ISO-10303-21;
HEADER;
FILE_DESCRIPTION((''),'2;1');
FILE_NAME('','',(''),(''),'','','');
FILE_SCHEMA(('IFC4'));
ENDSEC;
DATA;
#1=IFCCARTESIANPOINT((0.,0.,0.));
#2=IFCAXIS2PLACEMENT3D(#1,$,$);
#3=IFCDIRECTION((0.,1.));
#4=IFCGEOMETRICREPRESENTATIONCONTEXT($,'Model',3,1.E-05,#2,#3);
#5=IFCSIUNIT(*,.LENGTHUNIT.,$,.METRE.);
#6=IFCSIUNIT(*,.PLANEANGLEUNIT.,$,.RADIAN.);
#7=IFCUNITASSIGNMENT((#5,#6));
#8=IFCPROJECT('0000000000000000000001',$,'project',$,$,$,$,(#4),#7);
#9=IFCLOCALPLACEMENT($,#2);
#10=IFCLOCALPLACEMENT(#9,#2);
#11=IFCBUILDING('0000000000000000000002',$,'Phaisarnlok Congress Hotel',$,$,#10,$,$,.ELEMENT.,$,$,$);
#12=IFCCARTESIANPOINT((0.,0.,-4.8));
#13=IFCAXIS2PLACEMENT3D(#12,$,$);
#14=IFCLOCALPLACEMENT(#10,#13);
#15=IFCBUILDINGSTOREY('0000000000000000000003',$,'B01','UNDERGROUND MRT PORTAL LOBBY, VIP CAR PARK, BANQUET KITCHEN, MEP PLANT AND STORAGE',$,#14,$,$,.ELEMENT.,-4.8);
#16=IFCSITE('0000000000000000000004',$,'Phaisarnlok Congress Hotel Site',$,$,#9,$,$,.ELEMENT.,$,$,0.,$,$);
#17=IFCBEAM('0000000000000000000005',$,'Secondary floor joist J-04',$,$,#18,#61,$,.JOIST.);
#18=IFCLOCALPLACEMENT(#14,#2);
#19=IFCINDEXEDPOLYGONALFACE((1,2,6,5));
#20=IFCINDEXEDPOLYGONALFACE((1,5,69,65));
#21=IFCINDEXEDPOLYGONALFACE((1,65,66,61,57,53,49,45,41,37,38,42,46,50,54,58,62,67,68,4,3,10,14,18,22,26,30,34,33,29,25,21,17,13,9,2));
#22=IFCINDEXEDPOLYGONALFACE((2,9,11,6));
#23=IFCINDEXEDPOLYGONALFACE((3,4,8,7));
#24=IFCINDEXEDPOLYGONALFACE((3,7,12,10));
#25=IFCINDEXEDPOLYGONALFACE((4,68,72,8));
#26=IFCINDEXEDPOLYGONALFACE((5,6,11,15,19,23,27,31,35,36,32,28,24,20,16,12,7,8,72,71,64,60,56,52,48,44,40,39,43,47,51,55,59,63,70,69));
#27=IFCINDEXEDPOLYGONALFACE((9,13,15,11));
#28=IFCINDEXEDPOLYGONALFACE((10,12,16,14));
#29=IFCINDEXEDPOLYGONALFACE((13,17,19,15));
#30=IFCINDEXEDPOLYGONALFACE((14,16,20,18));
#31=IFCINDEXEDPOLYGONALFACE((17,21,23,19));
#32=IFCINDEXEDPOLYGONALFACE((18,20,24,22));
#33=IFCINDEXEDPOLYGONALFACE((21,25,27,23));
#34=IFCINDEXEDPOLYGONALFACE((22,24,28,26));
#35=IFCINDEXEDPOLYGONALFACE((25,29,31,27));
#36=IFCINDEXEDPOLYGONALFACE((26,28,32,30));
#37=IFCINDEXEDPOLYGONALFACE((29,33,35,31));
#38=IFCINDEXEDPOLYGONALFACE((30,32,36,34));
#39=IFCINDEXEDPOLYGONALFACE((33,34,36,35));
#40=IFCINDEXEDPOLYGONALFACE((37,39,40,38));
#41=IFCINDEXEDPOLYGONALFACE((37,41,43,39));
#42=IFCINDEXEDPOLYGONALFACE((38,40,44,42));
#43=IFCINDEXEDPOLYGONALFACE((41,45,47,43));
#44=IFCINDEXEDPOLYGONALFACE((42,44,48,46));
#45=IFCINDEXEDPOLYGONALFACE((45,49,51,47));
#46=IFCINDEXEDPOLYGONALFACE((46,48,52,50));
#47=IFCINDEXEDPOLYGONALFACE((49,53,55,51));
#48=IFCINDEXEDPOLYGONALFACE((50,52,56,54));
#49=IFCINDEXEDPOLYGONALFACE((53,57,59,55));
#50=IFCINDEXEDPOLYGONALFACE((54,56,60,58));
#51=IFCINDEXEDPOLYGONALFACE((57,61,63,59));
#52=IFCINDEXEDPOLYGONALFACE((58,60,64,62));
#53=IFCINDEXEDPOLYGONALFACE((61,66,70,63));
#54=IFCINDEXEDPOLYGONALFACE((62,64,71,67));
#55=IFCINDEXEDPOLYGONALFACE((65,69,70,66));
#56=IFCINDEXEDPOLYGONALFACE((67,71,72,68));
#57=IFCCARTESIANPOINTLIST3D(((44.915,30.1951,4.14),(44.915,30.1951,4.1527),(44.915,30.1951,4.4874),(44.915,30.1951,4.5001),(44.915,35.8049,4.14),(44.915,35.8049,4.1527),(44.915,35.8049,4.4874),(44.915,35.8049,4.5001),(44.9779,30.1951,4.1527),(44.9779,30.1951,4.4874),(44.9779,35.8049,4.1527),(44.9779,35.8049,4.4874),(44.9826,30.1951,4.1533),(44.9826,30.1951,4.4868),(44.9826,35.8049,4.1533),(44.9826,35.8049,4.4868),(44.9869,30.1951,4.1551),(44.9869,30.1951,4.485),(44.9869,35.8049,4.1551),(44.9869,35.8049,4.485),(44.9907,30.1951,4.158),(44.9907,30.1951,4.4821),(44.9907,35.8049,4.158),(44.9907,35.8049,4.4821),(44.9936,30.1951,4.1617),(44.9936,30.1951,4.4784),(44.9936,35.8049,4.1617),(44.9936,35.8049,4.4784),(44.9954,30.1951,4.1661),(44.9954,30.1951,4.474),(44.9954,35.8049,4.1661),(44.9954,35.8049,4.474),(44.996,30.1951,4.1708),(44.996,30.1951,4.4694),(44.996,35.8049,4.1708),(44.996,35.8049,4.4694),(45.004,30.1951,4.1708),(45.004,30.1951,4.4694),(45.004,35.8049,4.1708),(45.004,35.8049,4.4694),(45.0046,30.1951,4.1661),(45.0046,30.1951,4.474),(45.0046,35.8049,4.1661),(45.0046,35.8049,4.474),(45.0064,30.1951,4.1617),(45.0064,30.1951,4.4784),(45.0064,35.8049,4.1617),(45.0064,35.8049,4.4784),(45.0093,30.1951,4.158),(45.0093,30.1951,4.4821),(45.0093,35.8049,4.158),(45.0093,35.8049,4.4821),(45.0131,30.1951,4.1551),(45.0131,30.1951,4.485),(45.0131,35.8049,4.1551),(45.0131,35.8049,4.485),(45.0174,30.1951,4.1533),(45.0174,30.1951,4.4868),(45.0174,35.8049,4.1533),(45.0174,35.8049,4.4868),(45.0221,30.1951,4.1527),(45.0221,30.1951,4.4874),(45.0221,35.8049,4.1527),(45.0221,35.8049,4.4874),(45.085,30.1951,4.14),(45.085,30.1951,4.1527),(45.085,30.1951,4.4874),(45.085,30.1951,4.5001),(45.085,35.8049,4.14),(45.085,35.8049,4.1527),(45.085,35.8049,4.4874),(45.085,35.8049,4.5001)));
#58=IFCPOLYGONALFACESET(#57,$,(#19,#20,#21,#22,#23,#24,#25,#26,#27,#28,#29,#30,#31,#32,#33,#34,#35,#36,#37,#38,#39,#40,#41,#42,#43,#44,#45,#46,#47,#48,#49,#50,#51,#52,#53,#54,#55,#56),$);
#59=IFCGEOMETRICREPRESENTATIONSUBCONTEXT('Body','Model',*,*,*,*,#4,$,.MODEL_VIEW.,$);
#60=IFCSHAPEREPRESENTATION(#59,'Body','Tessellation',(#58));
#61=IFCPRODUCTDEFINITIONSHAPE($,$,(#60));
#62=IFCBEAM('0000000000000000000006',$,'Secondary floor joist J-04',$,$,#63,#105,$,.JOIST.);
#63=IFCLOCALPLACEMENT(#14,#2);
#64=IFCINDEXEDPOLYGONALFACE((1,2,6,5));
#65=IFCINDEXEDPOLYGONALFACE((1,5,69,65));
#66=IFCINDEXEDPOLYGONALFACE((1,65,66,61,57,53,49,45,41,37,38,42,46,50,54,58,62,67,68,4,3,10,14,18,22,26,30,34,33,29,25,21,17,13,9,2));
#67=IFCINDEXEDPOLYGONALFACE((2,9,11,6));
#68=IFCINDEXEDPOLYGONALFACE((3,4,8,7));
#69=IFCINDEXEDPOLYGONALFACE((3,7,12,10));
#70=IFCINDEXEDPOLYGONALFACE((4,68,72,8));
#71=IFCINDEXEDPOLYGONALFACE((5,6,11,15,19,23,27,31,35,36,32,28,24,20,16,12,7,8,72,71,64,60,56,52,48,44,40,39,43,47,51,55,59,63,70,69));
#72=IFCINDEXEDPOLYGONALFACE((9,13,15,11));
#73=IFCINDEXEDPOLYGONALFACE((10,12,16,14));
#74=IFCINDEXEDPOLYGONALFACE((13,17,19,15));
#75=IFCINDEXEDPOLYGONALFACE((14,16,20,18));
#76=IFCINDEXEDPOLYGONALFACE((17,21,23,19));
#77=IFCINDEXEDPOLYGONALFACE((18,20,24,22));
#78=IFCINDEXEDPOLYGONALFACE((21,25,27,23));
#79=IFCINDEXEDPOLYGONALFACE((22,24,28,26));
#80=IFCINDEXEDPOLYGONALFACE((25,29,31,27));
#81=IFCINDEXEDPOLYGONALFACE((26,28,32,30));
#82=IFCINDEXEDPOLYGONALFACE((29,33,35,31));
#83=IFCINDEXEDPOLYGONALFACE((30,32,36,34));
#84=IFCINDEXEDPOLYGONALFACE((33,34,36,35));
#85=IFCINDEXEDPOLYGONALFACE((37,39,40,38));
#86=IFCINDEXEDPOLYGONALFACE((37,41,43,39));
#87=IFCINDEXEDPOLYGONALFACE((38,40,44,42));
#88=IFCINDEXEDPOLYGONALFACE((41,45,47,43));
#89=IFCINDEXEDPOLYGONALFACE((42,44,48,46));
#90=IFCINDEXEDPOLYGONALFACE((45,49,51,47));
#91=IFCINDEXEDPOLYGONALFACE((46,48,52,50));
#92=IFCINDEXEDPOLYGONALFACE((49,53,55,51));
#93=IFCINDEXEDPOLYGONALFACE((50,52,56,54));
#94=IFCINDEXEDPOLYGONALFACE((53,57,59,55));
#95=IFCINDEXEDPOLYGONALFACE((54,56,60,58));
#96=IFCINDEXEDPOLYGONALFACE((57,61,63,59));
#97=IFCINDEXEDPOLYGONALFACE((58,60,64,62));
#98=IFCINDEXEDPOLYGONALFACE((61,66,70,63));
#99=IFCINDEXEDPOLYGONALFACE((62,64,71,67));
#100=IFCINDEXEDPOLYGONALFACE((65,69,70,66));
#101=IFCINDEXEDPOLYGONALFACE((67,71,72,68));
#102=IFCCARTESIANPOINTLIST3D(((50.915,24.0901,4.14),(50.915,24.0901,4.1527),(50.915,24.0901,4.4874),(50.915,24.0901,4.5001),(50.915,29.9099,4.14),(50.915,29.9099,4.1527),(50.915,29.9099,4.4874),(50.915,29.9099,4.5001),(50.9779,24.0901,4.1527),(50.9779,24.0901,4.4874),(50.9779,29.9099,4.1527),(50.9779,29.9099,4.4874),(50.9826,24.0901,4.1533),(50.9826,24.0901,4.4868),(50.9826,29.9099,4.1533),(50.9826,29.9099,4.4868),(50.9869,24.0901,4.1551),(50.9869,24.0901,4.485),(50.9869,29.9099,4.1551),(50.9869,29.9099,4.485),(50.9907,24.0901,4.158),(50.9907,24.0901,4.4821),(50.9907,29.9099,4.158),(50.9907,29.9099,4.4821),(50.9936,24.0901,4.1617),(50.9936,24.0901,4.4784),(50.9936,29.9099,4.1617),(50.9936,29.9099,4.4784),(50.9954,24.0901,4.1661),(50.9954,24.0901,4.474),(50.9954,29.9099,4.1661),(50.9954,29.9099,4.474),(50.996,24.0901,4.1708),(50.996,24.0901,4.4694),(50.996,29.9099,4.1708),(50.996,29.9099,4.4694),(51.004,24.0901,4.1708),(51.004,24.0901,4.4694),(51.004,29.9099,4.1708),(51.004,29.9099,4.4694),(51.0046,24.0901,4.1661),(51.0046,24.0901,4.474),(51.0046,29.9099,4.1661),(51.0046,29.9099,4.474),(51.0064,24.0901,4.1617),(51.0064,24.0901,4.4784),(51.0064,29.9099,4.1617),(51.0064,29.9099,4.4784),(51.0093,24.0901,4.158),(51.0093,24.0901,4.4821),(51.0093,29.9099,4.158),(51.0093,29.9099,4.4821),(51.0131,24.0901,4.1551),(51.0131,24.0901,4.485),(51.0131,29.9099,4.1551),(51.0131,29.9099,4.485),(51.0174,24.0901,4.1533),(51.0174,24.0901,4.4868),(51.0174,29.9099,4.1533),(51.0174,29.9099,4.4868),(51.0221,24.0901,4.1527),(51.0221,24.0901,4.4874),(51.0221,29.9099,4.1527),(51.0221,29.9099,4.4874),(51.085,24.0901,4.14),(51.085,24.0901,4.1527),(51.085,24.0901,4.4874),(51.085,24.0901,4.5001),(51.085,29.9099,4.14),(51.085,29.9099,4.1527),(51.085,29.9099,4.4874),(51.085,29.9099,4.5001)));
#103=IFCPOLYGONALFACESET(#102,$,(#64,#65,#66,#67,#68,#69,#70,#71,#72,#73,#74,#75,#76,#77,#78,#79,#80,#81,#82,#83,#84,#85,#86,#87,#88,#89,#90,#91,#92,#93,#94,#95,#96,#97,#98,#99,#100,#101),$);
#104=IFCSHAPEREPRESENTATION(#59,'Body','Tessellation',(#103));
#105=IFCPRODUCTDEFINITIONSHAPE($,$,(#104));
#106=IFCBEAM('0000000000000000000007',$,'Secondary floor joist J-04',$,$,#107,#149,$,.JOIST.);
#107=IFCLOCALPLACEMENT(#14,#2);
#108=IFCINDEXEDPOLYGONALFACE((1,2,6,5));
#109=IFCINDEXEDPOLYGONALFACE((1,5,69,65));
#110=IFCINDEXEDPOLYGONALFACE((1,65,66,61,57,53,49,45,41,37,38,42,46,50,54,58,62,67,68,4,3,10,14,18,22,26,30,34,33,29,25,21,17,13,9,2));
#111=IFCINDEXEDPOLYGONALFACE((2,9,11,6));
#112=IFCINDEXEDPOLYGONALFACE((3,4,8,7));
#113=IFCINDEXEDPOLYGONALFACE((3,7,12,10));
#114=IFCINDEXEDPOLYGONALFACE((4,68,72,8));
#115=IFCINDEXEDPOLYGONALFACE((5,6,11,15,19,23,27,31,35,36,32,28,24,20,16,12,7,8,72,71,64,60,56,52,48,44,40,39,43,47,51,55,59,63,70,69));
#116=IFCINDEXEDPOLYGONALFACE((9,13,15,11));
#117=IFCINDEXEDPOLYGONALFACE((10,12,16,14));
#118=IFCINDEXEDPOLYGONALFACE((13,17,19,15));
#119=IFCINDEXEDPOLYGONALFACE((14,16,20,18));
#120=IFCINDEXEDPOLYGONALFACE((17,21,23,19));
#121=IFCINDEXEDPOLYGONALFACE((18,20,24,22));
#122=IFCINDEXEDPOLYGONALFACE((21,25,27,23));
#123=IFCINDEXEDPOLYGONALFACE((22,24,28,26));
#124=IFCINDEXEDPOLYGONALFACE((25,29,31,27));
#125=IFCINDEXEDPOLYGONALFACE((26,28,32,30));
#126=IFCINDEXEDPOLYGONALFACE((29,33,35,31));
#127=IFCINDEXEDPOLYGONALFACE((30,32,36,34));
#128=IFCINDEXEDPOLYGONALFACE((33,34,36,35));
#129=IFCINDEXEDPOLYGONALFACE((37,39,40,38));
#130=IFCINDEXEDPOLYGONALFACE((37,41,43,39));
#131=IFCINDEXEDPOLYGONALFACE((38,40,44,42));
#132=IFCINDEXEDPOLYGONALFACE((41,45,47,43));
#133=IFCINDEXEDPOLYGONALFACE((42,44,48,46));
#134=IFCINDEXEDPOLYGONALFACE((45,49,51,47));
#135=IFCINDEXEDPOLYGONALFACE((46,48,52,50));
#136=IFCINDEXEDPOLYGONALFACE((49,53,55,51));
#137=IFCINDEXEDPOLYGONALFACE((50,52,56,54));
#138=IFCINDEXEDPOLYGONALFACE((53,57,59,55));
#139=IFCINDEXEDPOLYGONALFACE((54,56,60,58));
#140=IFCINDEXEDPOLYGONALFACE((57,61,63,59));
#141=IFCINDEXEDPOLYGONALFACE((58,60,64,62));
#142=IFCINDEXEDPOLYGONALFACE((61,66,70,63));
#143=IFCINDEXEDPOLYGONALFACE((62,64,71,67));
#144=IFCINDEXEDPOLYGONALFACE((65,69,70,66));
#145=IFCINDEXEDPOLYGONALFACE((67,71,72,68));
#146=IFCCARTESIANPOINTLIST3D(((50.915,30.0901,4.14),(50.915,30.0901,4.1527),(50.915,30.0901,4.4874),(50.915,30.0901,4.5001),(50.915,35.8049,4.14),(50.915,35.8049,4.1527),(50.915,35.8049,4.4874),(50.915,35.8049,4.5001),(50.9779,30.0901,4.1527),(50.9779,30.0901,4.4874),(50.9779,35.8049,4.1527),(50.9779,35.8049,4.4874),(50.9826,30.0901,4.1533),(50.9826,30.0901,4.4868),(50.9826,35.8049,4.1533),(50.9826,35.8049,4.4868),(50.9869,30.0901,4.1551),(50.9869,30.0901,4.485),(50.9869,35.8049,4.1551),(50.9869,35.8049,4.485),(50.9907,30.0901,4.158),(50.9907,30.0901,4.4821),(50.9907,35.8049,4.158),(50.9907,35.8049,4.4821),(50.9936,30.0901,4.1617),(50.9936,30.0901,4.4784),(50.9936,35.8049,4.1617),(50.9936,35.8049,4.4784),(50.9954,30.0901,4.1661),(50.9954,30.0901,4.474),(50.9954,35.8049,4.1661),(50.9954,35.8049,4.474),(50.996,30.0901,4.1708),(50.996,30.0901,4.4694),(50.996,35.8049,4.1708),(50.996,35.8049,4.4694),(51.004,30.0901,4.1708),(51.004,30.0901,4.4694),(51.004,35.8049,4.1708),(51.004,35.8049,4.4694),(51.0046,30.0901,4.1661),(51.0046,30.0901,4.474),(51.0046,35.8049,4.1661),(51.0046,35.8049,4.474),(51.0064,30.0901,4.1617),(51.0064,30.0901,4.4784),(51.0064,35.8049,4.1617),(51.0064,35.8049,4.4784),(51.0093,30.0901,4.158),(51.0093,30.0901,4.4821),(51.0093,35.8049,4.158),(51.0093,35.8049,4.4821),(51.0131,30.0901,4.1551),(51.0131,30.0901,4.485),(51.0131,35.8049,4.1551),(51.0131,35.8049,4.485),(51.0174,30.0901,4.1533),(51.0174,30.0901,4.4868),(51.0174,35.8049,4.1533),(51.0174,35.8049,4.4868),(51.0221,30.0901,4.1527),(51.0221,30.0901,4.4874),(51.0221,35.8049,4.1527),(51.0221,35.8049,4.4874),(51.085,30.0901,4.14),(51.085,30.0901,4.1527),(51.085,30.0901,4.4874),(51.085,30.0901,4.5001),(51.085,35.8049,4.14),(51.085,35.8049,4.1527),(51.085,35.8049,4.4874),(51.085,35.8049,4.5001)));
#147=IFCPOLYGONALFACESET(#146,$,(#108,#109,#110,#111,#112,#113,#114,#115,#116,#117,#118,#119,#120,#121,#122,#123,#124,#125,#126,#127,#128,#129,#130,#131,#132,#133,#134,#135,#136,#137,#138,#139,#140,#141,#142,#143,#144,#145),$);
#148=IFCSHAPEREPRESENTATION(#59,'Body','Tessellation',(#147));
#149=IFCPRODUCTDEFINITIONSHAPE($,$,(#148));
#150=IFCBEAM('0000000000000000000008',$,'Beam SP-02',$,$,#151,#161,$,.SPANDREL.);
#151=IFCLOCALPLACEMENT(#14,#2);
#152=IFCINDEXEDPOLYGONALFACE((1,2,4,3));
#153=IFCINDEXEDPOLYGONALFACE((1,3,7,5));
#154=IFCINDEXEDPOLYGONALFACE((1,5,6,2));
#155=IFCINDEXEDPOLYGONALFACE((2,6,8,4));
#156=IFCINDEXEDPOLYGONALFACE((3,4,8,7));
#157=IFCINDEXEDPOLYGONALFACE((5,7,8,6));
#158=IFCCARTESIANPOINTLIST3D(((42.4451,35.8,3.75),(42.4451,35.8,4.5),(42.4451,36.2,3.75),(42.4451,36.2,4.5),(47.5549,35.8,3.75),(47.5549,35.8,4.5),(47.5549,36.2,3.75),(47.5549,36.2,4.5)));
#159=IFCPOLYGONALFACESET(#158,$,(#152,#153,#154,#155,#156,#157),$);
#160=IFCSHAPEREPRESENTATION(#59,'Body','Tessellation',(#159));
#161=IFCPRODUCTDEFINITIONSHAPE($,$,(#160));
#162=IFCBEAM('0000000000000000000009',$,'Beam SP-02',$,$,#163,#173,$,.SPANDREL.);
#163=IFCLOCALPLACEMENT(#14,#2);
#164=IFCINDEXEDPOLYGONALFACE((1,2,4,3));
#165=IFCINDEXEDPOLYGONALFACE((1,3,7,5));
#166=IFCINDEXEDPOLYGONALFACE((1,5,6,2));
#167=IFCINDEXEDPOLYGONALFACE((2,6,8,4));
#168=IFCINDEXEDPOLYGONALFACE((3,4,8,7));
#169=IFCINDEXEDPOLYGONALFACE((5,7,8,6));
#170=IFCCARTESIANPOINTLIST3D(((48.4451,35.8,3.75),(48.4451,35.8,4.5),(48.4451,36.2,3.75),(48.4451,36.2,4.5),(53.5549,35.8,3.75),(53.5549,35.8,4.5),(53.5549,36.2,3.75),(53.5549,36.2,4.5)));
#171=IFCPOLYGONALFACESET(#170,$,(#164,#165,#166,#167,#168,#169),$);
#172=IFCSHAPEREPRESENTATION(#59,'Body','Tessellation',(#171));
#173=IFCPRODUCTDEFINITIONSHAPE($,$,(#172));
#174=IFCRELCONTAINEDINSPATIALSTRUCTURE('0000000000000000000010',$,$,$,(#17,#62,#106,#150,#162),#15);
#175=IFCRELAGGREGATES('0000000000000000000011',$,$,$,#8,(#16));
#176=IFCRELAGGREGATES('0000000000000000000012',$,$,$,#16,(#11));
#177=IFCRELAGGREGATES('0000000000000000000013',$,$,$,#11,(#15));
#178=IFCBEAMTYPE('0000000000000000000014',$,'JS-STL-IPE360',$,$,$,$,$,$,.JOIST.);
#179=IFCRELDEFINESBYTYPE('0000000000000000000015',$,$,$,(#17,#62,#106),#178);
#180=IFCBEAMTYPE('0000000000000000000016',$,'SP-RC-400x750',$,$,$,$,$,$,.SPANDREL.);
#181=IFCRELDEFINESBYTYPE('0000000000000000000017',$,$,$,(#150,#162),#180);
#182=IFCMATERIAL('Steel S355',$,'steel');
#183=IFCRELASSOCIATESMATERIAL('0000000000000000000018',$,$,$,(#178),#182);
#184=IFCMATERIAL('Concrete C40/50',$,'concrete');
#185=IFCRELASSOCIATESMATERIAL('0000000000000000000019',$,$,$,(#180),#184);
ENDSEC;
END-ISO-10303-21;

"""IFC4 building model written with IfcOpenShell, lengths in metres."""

from ifc_helpers import new_model, si_unit, direction, frame, origin, origin_2d, place, context, subcontext, project, spatial, rectangle, i_section, extrude, material, material_profile, profile_set, type_object, element, save


model = new_model("IFC4")

# Units and contexts
model_context = context("Model", 3, precision=1e-05, world=origin(), true_north=direction((0.0, 1.0)))
body_context = subcontext(model_context, "Body", "Model", "MODEL_VIEW")
ifc_project = project(units=[si_unit("LENGTHUNIT", "METRE"), si_unit("PLANEANGLEUNIT", "RADIAN")], contexts=[model_context])

# Site, building, storey
site_placement = place(None, origin())
site = spatial("IfcSite", under=ifc_project, at=site_placement, Name="Phaisarnlok Congress Hotel Site", CompositionType="ELEMENT", RefElevation=0.0)
building_placement = place(site_placement, origin())
building = spatial("IfcBuilding", under=site, at=building_placement, Name="Phaisarnlok Congress Hotel", CompositionType="ELEMENT")
storey_placement = place(building_placement, frame((0.0, 0.0, -4.8)))
storey = spatial("IfcBuildingStorey", under=building, at=storey_placement, Name="B01", Description="UNDERGROUND MRT PORTAL LOBBY, VIP CAR PARK, BANQUET KITCHEN, MEP PLANT AND STORAGE", CompositionType="ELEMENT", Elevation=-4.8)

# Shared definitions
ifc_material_1 = material(Name="Concrete C40/50", Category="concrete")

# Beams
ifc_material_2 = material(Name="Steel S355", Category="steel")
ifc_material_profile_1 = material_profile(ifc_material_2, i_section(OverallWidth=0.1699, OverallDepth=0.3601, WebThickness=0.0081, FlangeThickness=0.0127, FilletRadius=0.0181, at=origin_2d()), Name="IPE 360")
ifc_profile_set_1 = profile_set([ifc_material_profile_1], Name="Steel S355")
beam_type_1 = type_object("IfcBeamType", Name="JS-STL-IPE360", PredefinedType="JOIST", material=ifc_profile_set_1)
for number, where, z_axis, x_axis, name in (
    (1, (45.0, 30.1951, 4.3201), (0.0, 1.0, 0.0), (-1.0, 0.0, 0.0), "Secondary floor joist J-04"),
):
    element("IfcBeam", number, at=place(storey_placement, frame(where, z_axis=z_axis, x_axis=x_axis)), inside=storey, type_object=beam_type_1, Name=name, PredefinedType="JOIST", context=body_context, shape_type="SweptSolid", body=[
        extrude(i_section(OverallWidth=0.1699, OverallDepth=0.3601, WebThickness=0.0081, FlangeThickness=0.0127, FilletRadius=0.0181, at=origin_2d()), origin(), (0.0, 0.0, 1.0), 5.6099),
    ])
beam_1_placement = place(storey_placement, frame((51.0, 24.0901, 4.3201), z_axis=(0.0, 1.0, 0.0), x_axis=(-1.0, 0.0, 0.0)))
element("IfcBeam", 2, at=beam_1_placement, inside=storey, type_object=beam_type_1, Name="Secondary floor joist J-04", PredefinedType="JOIST", context=body_context, shape_type="SweptSolid", body=[
    extrude(i_section(OverallWidth=0.1699, OverallDepth=0.3601, WebThickness=0.0081, FlangeThickness=0.0127, FilletRadius=0.0181, at=origin_2d()), origin(), (0.0, 0.0, 1.0), 5.8198),
])
beam_2_placement = place(storey_placement, frame((51.0, 30.0901, 4.3201), z_axis=(0.0, 1.0, 0.0), x_axis=(-1.0, 0.0, 0.0)))
element("IfcBeam", 3, at=beam_2_placement, inside=storey, type_object=beam_type_1, Name="Secondary floor joist J-04", PredefinedType="JOIST", context=body_context, shape_type="SweptSolid", body=[
    extrude(i_section(OverallWidth=0.1699, OverallDepth=0.3601, WebThickness=0.0081, FlangeThickness=0.0127, FilletRadius=0.0181, at=origin_2d()), origin(), (0.0, 0.0, 1.0), 5.7148),
])
ifc_material_profile_2 = material_profile(ifc_material_1, rectangle(XDim=0.3999, YDim=0.75, at=origin_2d()), Name="RC 400x750")
ifc_profile_set_2 = profile_set([ifc_material_profile_2], Name="Concrete C40/50")
beam_type_2 = type_object("IfcBeamType", Name="SP-RC-400x750", PredefinedType="SPANDREL", material=ifc_profile_set_2)
for number, where, z_axis, x_axis, name in (
    (4, (42.4451, 36.0, 4.125), (1.0, 0.0, 0.0), (0.0, 1.0, 0.0), "Beam SP-02"),
    (5, (48.4451, 36.0, 4.125), (1.0, 0.0, 0.0), (0.0, 1.0, 0.0), "Beam SP-02"),
):
    element("IfcBeam", number, at=place(storey_placement, frame(where, z_axis=z_axis, x_axis=x_axis)), inside=storey, type_object=beam_type_2, Name=name, PredefinedType="SPANDREL", context=body_context, shape_type="SweptSolid", body=[
        extrude(rectangle(XDim=0.3999, YDim=0.75, at=origin_2d()), origin(), (0.0, 0.0, 1.0), 5.1099),
    ])

save(model, "model.ifc")
